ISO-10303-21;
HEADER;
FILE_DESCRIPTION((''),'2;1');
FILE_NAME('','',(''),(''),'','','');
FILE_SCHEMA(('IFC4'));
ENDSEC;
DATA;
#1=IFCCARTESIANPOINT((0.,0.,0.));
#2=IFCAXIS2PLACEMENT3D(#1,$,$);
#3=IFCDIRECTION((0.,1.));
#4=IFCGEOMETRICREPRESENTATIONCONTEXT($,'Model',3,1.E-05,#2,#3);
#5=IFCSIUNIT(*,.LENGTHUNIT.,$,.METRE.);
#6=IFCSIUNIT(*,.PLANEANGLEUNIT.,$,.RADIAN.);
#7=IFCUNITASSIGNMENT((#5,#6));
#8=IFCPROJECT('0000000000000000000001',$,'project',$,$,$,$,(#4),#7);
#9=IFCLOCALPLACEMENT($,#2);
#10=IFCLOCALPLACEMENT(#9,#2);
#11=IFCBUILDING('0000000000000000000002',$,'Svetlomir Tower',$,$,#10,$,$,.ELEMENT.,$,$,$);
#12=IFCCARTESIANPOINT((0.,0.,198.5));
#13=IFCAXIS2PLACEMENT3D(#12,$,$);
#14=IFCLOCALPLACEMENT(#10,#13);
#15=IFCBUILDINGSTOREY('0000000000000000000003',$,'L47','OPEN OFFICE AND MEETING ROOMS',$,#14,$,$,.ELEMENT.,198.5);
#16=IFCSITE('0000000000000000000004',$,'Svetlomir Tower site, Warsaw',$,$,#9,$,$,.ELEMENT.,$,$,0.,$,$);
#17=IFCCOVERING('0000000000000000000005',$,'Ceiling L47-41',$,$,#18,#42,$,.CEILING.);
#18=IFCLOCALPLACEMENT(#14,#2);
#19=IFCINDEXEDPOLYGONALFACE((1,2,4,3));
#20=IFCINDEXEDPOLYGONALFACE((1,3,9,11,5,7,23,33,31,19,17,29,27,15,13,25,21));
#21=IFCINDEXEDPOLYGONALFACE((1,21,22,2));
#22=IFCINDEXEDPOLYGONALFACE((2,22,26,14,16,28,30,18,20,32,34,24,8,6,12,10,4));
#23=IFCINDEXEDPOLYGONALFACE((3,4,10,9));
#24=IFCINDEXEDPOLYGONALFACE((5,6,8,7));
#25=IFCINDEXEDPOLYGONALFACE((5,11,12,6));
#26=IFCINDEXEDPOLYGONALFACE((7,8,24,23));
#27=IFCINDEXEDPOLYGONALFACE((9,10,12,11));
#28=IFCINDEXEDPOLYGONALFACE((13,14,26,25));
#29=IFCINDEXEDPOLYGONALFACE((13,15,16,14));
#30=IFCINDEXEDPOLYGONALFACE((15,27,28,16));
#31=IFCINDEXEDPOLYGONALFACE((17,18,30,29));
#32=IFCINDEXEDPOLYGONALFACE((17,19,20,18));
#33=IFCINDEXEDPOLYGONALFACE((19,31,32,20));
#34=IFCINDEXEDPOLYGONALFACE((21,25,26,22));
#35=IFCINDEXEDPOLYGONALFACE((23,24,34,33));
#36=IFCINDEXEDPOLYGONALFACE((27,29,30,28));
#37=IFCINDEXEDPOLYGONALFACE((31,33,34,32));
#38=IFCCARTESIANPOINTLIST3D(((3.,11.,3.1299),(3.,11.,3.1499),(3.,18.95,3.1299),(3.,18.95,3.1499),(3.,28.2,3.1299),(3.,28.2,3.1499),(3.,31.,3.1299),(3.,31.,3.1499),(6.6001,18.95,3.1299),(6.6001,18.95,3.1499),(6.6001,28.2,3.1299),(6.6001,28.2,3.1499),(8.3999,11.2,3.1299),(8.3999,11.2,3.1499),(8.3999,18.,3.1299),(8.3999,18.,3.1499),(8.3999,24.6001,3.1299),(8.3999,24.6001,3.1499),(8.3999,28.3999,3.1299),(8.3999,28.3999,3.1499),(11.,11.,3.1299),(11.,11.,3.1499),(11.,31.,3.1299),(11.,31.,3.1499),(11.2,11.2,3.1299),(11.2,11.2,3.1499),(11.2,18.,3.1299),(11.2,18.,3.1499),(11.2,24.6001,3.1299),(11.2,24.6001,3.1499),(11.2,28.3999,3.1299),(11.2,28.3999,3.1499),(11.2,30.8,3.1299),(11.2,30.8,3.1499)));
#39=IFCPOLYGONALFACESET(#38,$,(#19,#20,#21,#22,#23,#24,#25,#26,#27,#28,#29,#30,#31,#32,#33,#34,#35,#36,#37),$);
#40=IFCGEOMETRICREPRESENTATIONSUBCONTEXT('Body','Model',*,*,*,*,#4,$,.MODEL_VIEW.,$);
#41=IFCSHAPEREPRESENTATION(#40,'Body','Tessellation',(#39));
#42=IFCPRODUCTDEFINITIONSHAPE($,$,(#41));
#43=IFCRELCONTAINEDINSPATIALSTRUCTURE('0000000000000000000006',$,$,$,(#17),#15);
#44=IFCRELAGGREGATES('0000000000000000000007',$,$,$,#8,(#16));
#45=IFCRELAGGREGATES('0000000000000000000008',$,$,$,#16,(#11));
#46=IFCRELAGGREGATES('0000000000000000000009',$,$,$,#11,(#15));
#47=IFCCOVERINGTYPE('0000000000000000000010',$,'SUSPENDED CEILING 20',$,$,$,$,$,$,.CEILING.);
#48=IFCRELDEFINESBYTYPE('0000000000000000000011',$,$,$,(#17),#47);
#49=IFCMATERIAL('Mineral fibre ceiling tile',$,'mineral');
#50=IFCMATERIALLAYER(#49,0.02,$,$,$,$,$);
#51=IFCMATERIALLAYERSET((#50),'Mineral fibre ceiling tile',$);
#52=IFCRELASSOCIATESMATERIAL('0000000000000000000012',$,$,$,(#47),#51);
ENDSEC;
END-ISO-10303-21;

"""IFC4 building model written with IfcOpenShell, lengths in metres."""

from ifc_helpers import new_model, si_unit, direction, frame, origin, place, context, subcontext, project, spatial, polyline, outline, extrude, material, layer, layer_set, type_object, element, save


model = new_model("IFC4")

# Units and contexts
model_context = context("Model", 3, precision=1e-05, world=origin(), true_north=direction((0.0, 1.0)))
body_context = subcontext(model_context, "Body", "Model", "MODEL_VIEW")
ifc_project = project(units=[si_unit("LENGTHUNIT", "METRE"), si_unit("PLANEANGLEUNIT", "RADIAN")], contexts=[model_context])

# Site, building, storey
site_placement = place(None, origin())
site = spatial("IfcSite", under=ifc_project, at=site_placement, Name="Svetlomir Tower site, Warsaw", CompositionType="ELEMENT", RefElevation=0.0)
building_placement = place(site_placement, origin())
building = spatial("IfcBuilding", under=site, at=building_placement, Name="Svetlomir Tower", CompositionType="ELEMENT")
storey_placement = place(building_placement, frame((0.0, 0.0, 198.5)))
storey = spatial("IfcBuildingStorey", under=building, at=storey_placement, Name="L47", Description="OPEN OFFICE AND MEETING ROOMS", CompositionType="ELEMENT", Elevation=198.5)

# Covering
ifc_material_1 = material(Name="Mineral fibre ceiling tile", Category="mineral")
ifc_layer_1 = layer(ifc_material_1, 0.02)
ifc_layer_set_1 = layer_set([ifc_layer_1], Name="Mineral fibre ceiling tile")
covering_type_1 = type_object("IfcCoveringType", Name="SUSPENDED CEILING 20", PredefinedType="CEILING", material=ifc_layer_set_1)
covering_1_placement = place(storey_placement, frame((0.0, 0.0, 3.1299)))
element("IfcCovering", 1, at=covering_1_placement, inside=storey, type_object=covering_type_1, Name="Ceiling L47-41", PredefinedType="CEILING", context=body_context, shape_type="SweptSolid", body=[
    extrude(outline(polyline([(11.2, 28.3999), (8.3999, 28.3999), (8.3999, 24.6001), (11.2, 24.6001), (11.2, 18.0), (8.3999, 18.0), (8.3999, 11.2), (11.2, 11.2), (11.0, 11.0), (3.0, 11.0), (3.0, 18.95), (6.6001, 18.95), (6.6001, 28.2), (3.0, 28.2), (3.0, 31.0), (11.0, 31.0), (11.2, 30.8), (11.2, 28.3999)])), origin(), (0.0, 0.0, 1.0), 0.02),
])

save(model, "model.ifc")
